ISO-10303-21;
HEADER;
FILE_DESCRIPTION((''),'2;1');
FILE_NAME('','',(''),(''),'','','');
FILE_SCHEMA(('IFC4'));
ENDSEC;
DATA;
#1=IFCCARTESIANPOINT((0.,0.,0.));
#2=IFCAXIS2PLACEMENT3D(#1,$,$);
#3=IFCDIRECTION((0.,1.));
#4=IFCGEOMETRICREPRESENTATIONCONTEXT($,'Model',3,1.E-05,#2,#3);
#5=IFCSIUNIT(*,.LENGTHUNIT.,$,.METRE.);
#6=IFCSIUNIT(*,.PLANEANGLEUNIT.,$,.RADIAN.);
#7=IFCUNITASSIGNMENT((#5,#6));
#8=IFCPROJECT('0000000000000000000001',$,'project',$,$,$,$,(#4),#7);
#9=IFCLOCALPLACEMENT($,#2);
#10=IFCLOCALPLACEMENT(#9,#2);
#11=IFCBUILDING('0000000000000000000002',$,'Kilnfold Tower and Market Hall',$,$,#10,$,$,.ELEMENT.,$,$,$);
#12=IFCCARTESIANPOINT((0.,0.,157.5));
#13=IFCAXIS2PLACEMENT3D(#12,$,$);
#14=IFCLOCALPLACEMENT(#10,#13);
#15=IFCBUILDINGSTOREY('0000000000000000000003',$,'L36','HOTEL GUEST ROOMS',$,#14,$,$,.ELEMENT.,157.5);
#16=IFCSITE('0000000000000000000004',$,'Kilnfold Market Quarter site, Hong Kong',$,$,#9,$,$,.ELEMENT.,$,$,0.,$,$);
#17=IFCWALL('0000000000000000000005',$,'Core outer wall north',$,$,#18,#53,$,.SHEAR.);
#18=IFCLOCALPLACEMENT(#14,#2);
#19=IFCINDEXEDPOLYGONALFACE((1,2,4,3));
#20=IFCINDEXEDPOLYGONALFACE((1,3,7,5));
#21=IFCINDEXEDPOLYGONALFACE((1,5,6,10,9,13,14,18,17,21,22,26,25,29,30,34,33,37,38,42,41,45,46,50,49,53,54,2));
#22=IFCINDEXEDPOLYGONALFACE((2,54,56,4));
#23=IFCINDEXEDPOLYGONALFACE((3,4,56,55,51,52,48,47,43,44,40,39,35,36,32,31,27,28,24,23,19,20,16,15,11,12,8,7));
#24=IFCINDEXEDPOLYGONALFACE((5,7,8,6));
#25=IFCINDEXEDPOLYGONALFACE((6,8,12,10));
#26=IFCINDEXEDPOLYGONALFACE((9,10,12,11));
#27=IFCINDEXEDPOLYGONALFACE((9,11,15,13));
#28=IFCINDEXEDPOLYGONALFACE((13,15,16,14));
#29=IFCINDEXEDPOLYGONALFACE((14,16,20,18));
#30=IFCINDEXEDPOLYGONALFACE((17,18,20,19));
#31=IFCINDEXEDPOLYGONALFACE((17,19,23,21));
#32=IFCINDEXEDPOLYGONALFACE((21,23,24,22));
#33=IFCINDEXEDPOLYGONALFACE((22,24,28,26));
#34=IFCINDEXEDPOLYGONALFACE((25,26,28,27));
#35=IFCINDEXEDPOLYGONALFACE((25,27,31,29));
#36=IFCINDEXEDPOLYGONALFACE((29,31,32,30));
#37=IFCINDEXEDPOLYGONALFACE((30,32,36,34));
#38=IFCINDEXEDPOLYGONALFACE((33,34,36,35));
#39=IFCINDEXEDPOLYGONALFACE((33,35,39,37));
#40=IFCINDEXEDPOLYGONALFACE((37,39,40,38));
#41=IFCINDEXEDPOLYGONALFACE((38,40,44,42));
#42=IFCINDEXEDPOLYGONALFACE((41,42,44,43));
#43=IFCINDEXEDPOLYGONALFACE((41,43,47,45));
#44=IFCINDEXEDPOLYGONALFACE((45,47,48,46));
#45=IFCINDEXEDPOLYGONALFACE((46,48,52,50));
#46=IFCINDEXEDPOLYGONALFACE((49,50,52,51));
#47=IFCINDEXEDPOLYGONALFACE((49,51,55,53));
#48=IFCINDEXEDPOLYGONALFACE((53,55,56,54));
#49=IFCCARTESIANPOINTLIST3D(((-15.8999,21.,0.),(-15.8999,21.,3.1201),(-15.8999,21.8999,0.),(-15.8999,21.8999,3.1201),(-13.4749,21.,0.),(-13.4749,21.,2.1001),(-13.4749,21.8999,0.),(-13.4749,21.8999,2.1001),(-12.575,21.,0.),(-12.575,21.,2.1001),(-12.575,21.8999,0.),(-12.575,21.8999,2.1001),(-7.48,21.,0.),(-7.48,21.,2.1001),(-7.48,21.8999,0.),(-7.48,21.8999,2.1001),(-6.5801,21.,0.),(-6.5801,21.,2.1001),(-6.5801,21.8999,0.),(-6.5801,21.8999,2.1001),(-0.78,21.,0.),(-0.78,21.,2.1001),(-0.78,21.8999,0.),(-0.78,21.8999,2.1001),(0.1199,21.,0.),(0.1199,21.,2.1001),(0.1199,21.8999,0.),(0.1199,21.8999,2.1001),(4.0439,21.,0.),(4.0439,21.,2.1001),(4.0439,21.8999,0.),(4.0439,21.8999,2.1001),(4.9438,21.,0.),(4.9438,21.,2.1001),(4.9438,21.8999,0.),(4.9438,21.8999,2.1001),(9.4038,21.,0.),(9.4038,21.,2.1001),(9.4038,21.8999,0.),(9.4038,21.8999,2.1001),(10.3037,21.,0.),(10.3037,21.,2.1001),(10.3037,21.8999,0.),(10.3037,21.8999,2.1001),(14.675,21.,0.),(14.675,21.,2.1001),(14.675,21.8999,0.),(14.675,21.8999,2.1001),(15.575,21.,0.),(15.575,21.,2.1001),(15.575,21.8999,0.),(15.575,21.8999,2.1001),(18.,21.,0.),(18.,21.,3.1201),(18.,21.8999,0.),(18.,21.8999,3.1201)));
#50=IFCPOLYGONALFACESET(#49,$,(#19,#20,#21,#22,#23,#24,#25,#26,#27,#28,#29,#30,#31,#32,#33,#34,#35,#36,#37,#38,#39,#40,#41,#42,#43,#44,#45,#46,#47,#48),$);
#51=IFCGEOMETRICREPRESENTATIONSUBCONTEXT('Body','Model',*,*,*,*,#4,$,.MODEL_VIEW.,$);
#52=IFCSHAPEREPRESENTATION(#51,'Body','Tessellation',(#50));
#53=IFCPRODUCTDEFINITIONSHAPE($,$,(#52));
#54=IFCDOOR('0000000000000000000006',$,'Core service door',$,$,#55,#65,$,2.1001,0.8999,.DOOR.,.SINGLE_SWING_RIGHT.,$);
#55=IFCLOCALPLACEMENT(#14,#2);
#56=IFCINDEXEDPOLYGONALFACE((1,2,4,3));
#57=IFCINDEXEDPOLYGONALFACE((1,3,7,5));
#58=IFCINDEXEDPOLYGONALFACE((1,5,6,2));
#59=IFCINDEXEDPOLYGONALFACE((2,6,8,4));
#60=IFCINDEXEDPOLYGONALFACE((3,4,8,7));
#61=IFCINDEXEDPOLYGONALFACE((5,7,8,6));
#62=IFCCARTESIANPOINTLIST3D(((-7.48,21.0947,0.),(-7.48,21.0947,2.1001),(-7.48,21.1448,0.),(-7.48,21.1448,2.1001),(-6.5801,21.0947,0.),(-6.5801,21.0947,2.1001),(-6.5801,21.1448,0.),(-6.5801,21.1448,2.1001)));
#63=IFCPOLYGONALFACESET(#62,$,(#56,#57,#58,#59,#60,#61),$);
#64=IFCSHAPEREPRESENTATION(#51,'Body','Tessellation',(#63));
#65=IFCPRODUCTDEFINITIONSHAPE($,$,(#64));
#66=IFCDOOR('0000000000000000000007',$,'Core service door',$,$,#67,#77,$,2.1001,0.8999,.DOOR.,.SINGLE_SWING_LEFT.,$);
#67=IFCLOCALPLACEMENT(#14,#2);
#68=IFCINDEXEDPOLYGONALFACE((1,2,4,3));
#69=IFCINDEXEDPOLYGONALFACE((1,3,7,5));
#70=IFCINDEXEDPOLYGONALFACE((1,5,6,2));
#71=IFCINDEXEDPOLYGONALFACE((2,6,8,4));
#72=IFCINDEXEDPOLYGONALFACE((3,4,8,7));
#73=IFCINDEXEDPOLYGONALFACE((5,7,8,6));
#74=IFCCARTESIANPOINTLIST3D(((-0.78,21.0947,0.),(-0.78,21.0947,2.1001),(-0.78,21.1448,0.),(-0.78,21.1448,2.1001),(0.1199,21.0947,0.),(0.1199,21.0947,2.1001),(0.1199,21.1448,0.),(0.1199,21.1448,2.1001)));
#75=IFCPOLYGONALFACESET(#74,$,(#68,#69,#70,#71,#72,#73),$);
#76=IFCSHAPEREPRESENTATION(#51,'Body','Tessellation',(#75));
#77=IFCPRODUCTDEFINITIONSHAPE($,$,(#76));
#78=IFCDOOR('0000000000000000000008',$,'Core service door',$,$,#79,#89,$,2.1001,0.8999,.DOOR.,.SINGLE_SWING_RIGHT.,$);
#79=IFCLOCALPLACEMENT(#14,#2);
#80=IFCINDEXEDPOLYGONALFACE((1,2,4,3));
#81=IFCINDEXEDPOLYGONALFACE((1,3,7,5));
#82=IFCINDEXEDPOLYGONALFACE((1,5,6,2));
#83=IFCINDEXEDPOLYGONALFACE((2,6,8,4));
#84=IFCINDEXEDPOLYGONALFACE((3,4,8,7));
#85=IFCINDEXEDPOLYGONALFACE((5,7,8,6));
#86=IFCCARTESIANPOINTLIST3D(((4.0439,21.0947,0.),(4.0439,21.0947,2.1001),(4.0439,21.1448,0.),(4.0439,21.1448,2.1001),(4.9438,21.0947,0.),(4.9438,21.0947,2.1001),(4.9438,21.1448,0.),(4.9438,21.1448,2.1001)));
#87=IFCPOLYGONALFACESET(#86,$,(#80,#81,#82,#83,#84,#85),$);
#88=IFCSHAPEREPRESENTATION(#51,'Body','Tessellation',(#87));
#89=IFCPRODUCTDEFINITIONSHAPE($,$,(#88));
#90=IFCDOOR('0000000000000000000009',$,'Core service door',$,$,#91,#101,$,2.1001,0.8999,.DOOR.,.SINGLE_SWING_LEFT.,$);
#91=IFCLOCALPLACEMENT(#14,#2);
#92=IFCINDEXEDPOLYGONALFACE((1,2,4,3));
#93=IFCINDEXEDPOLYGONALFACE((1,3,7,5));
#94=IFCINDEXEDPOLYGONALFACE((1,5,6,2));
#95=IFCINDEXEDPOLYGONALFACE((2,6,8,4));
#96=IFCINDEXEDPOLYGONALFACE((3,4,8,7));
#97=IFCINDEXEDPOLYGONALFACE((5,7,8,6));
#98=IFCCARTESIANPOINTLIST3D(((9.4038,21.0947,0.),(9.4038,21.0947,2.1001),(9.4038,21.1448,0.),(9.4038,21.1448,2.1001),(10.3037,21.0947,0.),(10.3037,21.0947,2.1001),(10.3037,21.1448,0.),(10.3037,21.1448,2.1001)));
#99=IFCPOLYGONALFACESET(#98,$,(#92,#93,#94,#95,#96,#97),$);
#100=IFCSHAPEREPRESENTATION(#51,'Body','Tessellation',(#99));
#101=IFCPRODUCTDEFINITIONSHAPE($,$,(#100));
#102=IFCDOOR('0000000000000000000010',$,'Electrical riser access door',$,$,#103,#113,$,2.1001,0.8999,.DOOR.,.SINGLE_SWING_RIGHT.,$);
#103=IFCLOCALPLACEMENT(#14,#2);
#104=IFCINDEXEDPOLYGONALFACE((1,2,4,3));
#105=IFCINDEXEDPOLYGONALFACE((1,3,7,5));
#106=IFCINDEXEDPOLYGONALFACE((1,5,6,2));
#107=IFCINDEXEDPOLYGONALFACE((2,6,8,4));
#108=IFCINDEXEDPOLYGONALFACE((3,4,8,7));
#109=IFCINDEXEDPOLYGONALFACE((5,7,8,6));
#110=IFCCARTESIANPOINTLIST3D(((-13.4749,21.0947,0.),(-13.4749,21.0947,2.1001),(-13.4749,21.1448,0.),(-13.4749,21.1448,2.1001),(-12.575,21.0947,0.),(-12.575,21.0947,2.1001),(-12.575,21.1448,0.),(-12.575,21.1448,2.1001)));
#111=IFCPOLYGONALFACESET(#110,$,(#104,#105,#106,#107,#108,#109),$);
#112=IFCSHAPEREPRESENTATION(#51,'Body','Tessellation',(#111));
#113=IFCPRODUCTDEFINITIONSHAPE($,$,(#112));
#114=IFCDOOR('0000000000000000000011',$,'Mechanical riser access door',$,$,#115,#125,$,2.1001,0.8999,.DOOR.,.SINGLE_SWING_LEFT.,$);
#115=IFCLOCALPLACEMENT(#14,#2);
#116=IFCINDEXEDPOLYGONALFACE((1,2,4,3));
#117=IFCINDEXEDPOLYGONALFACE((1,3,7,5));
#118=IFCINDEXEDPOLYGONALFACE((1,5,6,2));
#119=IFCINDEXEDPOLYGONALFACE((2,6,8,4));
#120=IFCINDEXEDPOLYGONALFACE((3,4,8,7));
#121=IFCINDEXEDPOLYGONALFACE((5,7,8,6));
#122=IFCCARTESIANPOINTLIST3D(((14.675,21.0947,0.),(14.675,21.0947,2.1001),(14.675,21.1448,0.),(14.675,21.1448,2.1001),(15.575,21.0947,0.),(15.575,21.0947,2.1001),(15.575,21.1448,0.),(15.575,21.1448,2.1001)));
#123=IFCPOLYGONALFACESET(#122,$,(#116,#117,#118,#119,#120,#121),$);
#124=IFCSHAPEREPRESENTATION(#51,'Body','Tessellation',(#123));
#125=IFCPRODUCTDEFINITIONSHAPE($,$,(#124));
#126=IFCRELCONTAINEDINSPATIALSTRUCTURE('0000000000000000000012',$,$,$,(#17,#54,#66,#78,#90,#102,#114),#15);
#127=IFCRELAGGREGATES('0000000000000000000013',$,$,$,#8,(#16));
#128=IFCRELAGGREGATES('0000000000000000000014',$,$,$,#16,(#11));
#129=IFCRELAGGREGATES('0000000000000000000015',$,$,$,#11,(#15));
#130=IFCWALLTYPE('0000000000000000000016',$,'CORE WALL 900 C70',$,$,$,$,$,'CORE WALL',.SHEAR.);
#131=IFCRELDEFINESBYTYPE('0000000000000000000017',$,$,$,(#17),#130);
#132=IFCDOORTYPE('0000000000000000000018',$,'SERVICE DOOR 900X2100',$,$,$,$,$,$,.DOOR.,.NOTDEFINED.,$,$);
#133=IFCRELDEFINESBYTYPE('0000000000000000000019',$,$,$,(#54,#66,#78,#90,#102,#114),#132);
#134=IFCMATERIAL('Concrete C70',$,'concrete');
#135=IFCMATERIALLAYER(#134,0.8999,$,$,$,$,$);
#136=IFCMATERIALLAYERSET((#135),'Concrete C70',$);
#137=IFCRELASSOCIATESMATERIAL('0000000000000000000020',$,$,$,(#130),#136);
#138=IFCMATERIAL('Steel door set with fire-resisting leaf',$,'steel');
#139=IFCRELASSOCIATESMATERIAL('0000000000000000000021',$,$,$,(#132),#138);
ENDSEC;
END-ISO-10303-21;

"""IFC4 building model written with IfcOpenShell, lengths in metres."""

from ifc_helpers import new_model, si_unit, direction, frame, frame_2d, origin, place, context, subcontext, project, spatial, rectangle, extrude, source, transform, mapped, material, layer, layer_set, type_object, element, fill, save


model = new_model("IFC4")

# Units and contexts
model_context = context("Model", 3, precision=1e-05, world=origin(), true_north=direction((0.0, 1.0)))
body_context = subcontext(model_context, "Body", "Model", "MODEL_VIEW")
ifc_project = project(units=[si_unit("LENGTHUNIT", "METRE"), si_unit("PLANEANGLEUNIT", "RADIAN")], contexts=[model_context])

# Site, building, storey
site_placement = place(None, origin())
site = spatial("IfcSite", under=ifc_project, at=site_placement, Name="Kilnfold Market Quarter site, Hong Kong", CompositionType="ELEMENT", RefElevation=0.0)
building_placement = place(site_placement, origin())
building = spatial("IfcBuilding", under=site, at=building_placement, Name="Kilnfold Tower and Market Hall", CompositionType="ELEMENT")
storey_placement = place(building_placement, frame((0.0, 0.0, 157.5)))
storey = spatial("IfcBuildingStorey", under=building, at=storey_placement, Name="L36", Description="HOTEL GUEST ROOMS", CompositionType="ELEMENT", Elevation=157.5)

# Wall, openings, doors
ifc_material_1 = material(Name="Concrete C70", Category="concrete")
ifc_layer_1 = layer(ifc_material_1, 0.8999)
ifc_layer_set_1 = layer_set([ifc_layer_1], Name="Concrete C70")
wall_type_1 = type_object("IfcWallType", Name="CORE WALL 900 C70", ElementType="CORE WALL", PredefinedType="SHEAR", material=ifc_layer_set_1)
shared_shape_1 = source(origin(), body_context, "Body", "SweptSolid", [
    extrude(rectangle(XDim=33.8999, YDim=0.8999, at=frame_2d((16.95, 0.0))), origin(), (0.0, 0.0, 1.0), 3.1201),
])
wall_1_placement = place(storey_placement, frame((-15.8999, 21.45, 0.0), z_axis=(0.0, 0.0, 1.0), x_axis=(1.0, 0.0, 0.0)))
wall_1 = element("IfcWall", 1, at=wall_1_placement, inside=storey, type_object=wall_type_1, Name="Core outer wall north", PredefinedType="SHEAR", context=body_context, shape_type="MappedRepresentation", body=[
    mapped(shared_shape_1, transform((0.0, 0.0, 0.0))),
])
opening_1_placement = place(wall_1_placement, frame((8.4199, 0.0, 0.0)))
opening_1 = element("IfcOpeningElement", 2, at=opening_1_placement, cuts=wall_1, PredefinedType="OPENING", context=body_context, shape_type="SweptSolid", body=[
    extrude(rectangle(XDim=0.8999, YDim=2.1001, at=frame_2d((0.45, 1.05))), frame((0.0, 0.46, 0.0), z_axis=(0.0, -1.0, 0.0), x_axis=(1.0, 0.0, 0.0)), (0.0, 0.0, 1.0), 0.9199),
])
opening_2_placement = place(wall_1_placement, frame((15.1199, 0.0, 0.0)))
opening_2 = element("IfcOpeningElement", 3, at=opening_2_placement, cuts=wall_1, PredefinedType="OPENING", context=body_context, shape_type="SweptSolid", body=[
    extrude(rectangle(XDim=0.8999, YDim=2.1001, at=frame_2d((0.45, 1.05))), frame((0.0, 0.46, 0.0), z_axis=(0.0, -1.0, 0.0), x_axis=(1.0, 0.0, 0.0)), (0.0, 0.0, 1.0), 0.9199),
])
opening_3_placement = place(wall_1_placement, frame((19.9438, 0.0, 0.0)))
opening_3 = element("IfcOpeningElement", 4, at=opening_3_placement, cuts=wall_1, PredefinedType="OPENING", context=body_context, shape_type="SweptSolid", body=[
    extrude(rectangle(XDim=0.8999, YDim=2.1001, at=frame_2d((0.45, 1.05))), frame((0.0, 0.46, 0.0), z_axis=(0.0, -1.0, 0.0), x_axis=(1.0, 0.0, 0.0)), (0.0, 0.0, 1.0), 0.9199),
])
opening_4_placement = place(wall_1_placement, frame((25.3037, 0.0, 0.0)))
opening_4 = element("IfcOpeningElement", 5, at=opening_4_placement, cuts=wall_1, PredefinedType="OPENING", context=body_context, shape_type="SweptSolid", body=[
    extrude(rectangle(XDim=0.8999, YDim=2.1001, at=frame_2d((0.45, 1.05))), frame((0.0, 0.46, 0.0), z_axis=(0.0, -1.0, 0.0), x_axis=(1.0, 0.0, 0.0)), (0.0, 0.0, 1.0), 0.9199),
])
opening_5_placement = place(wall_1_placement, frame((2.425, 0.0, 0.0)))
opening_5 = element("IfcOpeningElement", 6, at=opening_5_placement, cuts=wall_1, PredefinedType="OPENING", context=body_context, shape_type="SweptSolid", body=[
    extrude(rectangle(XDim=0.8999, YDim=2.1001, at=frame_2d((0.45, 1.05))), frame((0.0, 0.46, 0.0), z_axis=(0.0, -1.0, 0.0), x_axis=(1.0, 0.0, 0.0)), (0.0, 0.0, 1.0), 0.9199),
])
opening_6_placement = place(wall_1_placement, frame((30.575, 0.0, 0.0)))
opening_6 = element("IfcOpeningElement", 7, at=opening_6_placement, cuts=wall_1, PredefinedType="OPENING", context=body_context, shape_type="SweptSolid", body=[
    extrude(rectangle(XDim=0.8999, YDim=2.1001, at=frame_2d((0.45, 1.05))), frame((0.0, 0.46, 0.0), z_axis=(0.0, -1.0, 0.0), x_axis=(1.0, 0.0, 0.0)), (0.0, 0.0, 1.0), 0.9199),
])
ifc_material_2 = material(Name="Steel door set with fire-resisting leaf", Category="steel")
door_type_1 = type_object("IfcDoorType", Name="SERVICE DOOR 900X2100", OperationType="NOTDEFINED", PredefinedType="DOOR", material=ifc_material_2)
door_1_placement = place(opening_1_placement, origin())
door_1 = element("IfcDoor", 8, at=door_1_placement, inside=storey, type_object=door_type_1, Name="Core service door", OperationType="SINGLE_SWING_RIGHT", OverallHeight=2.1001, OverallWidth=0.8999, PredefinedType="DOOR", context=body_context, shape_type="SweptSolid", body=[
    extrude(rectangle(XDim=0.8999, YDim=2.1001, at=frame_2d((0.45, 1.05))), frame((0.0, -0.3052, 0.0), z_axis=(0.0, -1.0, 0.0), x_axis=(1.0, 0.0, 0.0)), (0.0, 0.0, 1.0), 0.05),
])
fill(opening_1, door_1)
door_2_placement = place(opening_2_placement, origin())
door_2 = element("IfcDoor", 9, at=door_2_placement, inside=storey, type_object=door_type_1, Name="Core service door", OperationType="SINGLE_SWING_LEFT", OverallHeight=2.1001, OverallWidth=0.8999, PredefinedType="DOOR", context=body_context, shape_type="SweptSolid", body=[
    extrude(rectangle(XDim=0.8999, YDim=2.1001, at=frame_2d((0.45, 1.05))), frame((0.0, -0.3052, 0.0), z_axis=(0.0, -1.0, 0.0), x_axis=(1.0, 0.0, 0.0)), (0.0, 0.0, 1.0), 0.05),
])
fill(opening_2, door_2)
door_3_placement = place(opening_3_placement, origin())
door_3 = element("IfcDoor", 10, at=door_3_placement, inside=storey, type_object=door_type_1, Name="Core service door", OperationType="SINGLE_SWING_RIGHT", OverallHeight=2.1001, OverallWidth=0.8999, PredefinedType="DOOR", context=body_context, shape_type="SweptSolid", body=[
    extrude(rectangle(XDim=0.8999, YDim=2.1001, at=frame_2d((0.45, 1.05))), frame((0.0, -0.3052, 0.0), z_axis=(0.0, -1.0, 0.0), x_axis=(1.0, 0.0, 0.0)), (0.0, 0.0, 1.0), 0.05),
])
fill(opening_3, door_3)
door_4_placement = place(opening_4_placement, origin())
door_4 = element("IfcDoor", 11, at=door_4_placement, inside=storey, type_object=door_type_1, Name="Core service door", OperationType="SINGLE_SWING_LEFT", OverallHeight=2.1001, OverallWidth=0.8999, PredefinedType="DOOR", context=body_context, shape_type="SweptSolid", body=[
    extrude(rectangle(XDim=0.8999, YDim=2.1001, at=frame_2d((0.45, 1.05))), frame((0.0, -0.3052, 0.0), z_axis=(0.0, -1.0, 0.0), x_axis=(1.0, 0.0, 0.0)), (0.0, 0.0, 1.0), 0.05),
])
fill(opening_4, door_4)
door_5_placement = place(opening_5_placement, origin())
door_5 = element("IfcDoor", 12, at=door_5_placement, inside=storey, type_object=door_type_1, Name="Electrical riser access door", OperationType="SINGLE_SWING_RIGHT", OverallHeight=2.1001, OverallWidth=0.8999, PredefinedType="DOOR", context=body_context, shape_type="SweptSolid", body=[
    extrude(rectangle(XDim=0.8999, YDim=2.1001, at=frame_2d((0.45, 1.05))), frame((0.0, -0.3052, 0.0), z_axis=(0.0, -1.0, 0.0), x_axis=(1.0, 0.0, 0.0)), (0.0, 0.0, 1.0), 0.05),
])
fill(opening_5, door_5)
door_6_placement = place(opening_6_placement, origin())
door_6 = element("IfcDoor", 13, at=door_6_placement, inside=storey, type_object=door_type_1, Name="Mechanical riser access door", OperationType="SINGLE_SWING_LEFT", OverallHeight=2.1001, OverallWidth=0.8999, PredefinedType="DOOR", context=body_context, shape_type="SweptSolid", body=[
    extrude(rectangle(XDim=0.8999, YDim=2.1001, at=frame_2d((0.45, 1.05))), frame((0.0, -0.3052, 0.0), z_axis=(0.0, -1.0, 0.0), x_axis=(1.0, 0.0, 0.0)), (0.0, 0.0, 1.0), 0.05),
])
fill(opening_6, door_6)

save(model, "model.ifc")
